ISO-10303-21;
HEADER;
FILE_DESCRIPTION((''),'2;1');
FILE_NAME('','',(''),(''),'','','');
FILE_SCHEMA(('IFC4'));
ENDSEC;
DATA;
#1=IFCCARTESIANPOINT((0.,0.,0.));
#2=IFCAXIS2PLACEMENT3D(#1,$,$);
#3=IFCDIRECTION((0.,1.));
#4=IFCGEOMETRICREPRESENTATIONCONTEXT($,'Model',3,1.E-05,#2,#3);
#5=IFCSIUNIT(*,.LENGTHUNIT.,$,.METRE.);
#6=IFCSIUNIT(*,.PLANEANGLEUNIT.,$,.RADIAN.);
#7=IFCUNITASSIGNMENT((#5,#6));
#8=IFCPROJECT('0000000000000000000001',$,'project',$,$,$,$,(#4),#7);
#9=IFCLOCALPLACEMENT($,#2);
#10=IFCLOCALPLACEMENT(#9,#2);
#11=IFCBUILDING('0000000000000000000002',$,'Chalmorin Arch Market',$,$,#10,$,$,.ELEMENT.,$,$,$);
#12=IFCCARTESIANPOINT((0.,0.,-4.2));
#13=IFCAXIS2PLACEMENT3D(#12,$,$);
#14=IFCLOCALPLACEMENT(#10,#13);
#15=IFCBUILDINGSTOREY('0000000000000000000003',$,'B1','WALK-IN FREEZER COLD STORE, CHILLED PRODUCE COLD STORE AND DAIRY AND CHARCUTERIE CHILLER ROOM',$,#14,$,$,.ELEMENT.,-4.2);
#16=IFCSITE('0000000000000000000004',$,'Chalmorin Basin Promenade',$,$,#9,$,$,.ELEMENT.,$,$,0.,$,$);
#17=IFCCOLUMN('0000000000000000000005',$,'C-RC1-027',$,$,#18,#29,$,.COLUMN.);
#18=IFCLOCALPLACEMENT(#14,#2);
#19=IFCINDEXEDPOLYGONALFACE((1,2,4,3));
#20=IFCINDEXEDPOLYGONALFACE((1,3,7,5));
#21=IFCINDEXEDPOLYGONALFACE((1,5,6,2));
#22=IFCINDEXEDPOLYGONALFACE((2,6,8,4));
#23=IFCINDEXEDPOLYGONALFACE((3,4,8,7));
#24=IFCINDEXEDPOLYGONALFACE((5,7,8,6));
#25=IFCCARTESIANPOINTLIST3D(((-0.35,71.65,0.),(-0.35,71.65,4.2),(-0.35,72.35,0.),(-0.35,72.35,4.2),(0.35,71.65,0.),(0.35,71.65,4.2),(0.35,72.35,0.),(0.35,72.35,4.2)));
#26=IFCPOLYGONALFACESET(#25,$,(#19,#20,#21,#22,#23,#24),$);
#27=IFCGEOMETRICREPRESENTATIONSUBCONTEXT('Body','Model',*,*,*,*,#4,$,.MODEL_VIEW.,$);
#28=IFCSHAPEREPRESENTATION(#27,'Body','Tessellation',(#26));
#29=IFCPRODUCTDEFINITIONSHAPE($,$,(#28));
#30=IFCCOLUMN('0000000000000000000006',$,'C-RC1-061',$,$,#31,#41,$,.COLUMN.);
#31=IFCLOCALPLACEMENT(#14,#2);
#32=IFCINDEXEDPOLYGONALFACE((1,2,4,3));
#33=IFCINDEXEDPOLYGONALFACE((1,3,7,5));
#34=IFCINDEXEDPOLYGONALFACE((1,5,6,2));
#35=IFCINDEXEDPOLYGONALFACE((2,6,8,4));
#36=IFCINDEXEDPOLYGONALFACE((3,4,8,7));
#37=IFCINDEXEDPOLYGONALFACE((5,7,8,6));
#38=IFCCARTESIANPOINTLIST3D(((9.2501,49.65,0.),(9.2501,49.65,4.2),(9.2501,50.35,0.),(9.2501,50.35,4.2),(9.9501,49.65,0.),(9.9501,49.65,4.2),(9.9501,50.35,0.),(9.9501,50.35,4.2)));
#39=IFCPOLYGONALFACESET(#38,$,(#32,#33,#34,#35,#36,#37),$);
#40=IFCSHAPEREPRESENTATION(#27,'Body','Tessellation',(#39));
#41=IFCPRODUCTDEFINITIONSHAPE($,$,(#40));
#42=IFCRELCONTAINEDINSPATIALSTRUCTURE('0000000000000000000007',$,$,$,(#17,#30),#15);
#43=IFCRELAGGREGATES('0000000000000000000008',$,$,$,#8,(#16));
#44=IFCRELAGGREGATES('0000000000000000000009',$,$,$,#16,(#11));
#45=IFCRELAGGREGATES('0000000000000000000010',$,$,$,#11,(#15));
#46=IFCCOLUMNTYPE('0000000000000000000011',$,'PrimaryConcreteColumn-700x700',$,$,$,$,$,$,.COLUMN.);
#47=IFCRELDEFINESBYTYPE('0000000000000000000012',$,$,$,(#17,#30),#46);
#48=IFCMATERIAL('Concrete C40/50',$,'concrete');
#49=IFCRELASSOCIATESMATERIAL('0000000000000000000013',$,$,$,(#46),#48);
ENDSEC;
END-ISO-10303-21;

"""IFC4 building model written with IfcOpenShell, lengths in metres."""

from ifc_helpers import new_model, si_unit, direction, frame, origin, origin_2d, place, context, subcontext, project, spatial, rectangle, extrude, material, material_profile, profile_set, type_object, element, save


model = new_model("IFC4")

# Units and contexts
model_context = context("Model", 3, precision=1e-05, world=origin(), true_north=direction((0.0, 1.0)))
body_context = subcontext(model_context, "Body", "Model", "MODEL_VIEW")
ifc_project = project(units=[si_unit("LENGTHUNIT", "METRE"), si_unit("PLANEANGLEUNIT", "RADIAN")], contexts=[model_context])

# Site, building, storey
site_placement = place(None, origin())
site = spatial("IfcSite", under=ifc_project, at=site_placement, Name="Chalmorin Basin Promenade", CompositionType="ELEMENT", RefElevation=0.0)
building_placement = place(site_placement, origin())
building = spatial("IfcBuilding", under=site, at=building_placement, Name="Chalmorin Arch Market", CompositionType="ELEMENT")
storey_placement = place(building_placement, frame((0.0, 0.0, -4.2)))
storey = spatial("IfcBuildingStorey", under=building, at=storey_placement, Name="B1", Description="WALK-IN FREEZER COLD STORE, CHILLED PRODUCE COLD STORE AND DAIRY AND CHARCUTERIE CHILLER ROOM", CompositionType="ELEMENT", Elevation=-4.2)

# Shared definitions
ifc_material_1 = material(Name="Concrete C40/50", Category="concrete")

# Columns
ifc_material_profile_1 = material_profile(ifc_material_1, rectangle(XDim=0.7, YDim=0.7, at=origin_2d()), Name="RC700X700")
ifc_profile_set_1 = profile_set([ifc_material_profile_1], Name="Concrete C40/50")
column_type = type_object("IfcColumnType", Name="PrimaryConcreteColumn-700x700", PredefinedType="COLUMN", material=ifc_profile_set_1)
for number, where, z_axis, x_axis, name in (
    (1, (0.0, 72.0, 0.0), (0.0, 0.0, 1.0), (1.0, 0.0, 0.0), "C-RC1-027"),
    (2, (9.6001, 50.0, 0.0), (0.0, 0.0, 1.0), (1.0, 0.0, 0.0), "C-RC1-061"),
):
    element("IfcColumn", number, at=place(storey_placement, frame(where, z_axis=z_axis, x_axis=x_axis)), inside=storey, type_object=column_type, Name=name, PredefinedType="COLUMN", context=body_context, shape_type="SweptSolid", body=[
        extrude(rectangle(XDim=0.7, YDim=0.7, at=origin_2d()), origin(), (0.0, 0.0, 1.0), 4.2),
    ])

save(model, "model.ifc")
